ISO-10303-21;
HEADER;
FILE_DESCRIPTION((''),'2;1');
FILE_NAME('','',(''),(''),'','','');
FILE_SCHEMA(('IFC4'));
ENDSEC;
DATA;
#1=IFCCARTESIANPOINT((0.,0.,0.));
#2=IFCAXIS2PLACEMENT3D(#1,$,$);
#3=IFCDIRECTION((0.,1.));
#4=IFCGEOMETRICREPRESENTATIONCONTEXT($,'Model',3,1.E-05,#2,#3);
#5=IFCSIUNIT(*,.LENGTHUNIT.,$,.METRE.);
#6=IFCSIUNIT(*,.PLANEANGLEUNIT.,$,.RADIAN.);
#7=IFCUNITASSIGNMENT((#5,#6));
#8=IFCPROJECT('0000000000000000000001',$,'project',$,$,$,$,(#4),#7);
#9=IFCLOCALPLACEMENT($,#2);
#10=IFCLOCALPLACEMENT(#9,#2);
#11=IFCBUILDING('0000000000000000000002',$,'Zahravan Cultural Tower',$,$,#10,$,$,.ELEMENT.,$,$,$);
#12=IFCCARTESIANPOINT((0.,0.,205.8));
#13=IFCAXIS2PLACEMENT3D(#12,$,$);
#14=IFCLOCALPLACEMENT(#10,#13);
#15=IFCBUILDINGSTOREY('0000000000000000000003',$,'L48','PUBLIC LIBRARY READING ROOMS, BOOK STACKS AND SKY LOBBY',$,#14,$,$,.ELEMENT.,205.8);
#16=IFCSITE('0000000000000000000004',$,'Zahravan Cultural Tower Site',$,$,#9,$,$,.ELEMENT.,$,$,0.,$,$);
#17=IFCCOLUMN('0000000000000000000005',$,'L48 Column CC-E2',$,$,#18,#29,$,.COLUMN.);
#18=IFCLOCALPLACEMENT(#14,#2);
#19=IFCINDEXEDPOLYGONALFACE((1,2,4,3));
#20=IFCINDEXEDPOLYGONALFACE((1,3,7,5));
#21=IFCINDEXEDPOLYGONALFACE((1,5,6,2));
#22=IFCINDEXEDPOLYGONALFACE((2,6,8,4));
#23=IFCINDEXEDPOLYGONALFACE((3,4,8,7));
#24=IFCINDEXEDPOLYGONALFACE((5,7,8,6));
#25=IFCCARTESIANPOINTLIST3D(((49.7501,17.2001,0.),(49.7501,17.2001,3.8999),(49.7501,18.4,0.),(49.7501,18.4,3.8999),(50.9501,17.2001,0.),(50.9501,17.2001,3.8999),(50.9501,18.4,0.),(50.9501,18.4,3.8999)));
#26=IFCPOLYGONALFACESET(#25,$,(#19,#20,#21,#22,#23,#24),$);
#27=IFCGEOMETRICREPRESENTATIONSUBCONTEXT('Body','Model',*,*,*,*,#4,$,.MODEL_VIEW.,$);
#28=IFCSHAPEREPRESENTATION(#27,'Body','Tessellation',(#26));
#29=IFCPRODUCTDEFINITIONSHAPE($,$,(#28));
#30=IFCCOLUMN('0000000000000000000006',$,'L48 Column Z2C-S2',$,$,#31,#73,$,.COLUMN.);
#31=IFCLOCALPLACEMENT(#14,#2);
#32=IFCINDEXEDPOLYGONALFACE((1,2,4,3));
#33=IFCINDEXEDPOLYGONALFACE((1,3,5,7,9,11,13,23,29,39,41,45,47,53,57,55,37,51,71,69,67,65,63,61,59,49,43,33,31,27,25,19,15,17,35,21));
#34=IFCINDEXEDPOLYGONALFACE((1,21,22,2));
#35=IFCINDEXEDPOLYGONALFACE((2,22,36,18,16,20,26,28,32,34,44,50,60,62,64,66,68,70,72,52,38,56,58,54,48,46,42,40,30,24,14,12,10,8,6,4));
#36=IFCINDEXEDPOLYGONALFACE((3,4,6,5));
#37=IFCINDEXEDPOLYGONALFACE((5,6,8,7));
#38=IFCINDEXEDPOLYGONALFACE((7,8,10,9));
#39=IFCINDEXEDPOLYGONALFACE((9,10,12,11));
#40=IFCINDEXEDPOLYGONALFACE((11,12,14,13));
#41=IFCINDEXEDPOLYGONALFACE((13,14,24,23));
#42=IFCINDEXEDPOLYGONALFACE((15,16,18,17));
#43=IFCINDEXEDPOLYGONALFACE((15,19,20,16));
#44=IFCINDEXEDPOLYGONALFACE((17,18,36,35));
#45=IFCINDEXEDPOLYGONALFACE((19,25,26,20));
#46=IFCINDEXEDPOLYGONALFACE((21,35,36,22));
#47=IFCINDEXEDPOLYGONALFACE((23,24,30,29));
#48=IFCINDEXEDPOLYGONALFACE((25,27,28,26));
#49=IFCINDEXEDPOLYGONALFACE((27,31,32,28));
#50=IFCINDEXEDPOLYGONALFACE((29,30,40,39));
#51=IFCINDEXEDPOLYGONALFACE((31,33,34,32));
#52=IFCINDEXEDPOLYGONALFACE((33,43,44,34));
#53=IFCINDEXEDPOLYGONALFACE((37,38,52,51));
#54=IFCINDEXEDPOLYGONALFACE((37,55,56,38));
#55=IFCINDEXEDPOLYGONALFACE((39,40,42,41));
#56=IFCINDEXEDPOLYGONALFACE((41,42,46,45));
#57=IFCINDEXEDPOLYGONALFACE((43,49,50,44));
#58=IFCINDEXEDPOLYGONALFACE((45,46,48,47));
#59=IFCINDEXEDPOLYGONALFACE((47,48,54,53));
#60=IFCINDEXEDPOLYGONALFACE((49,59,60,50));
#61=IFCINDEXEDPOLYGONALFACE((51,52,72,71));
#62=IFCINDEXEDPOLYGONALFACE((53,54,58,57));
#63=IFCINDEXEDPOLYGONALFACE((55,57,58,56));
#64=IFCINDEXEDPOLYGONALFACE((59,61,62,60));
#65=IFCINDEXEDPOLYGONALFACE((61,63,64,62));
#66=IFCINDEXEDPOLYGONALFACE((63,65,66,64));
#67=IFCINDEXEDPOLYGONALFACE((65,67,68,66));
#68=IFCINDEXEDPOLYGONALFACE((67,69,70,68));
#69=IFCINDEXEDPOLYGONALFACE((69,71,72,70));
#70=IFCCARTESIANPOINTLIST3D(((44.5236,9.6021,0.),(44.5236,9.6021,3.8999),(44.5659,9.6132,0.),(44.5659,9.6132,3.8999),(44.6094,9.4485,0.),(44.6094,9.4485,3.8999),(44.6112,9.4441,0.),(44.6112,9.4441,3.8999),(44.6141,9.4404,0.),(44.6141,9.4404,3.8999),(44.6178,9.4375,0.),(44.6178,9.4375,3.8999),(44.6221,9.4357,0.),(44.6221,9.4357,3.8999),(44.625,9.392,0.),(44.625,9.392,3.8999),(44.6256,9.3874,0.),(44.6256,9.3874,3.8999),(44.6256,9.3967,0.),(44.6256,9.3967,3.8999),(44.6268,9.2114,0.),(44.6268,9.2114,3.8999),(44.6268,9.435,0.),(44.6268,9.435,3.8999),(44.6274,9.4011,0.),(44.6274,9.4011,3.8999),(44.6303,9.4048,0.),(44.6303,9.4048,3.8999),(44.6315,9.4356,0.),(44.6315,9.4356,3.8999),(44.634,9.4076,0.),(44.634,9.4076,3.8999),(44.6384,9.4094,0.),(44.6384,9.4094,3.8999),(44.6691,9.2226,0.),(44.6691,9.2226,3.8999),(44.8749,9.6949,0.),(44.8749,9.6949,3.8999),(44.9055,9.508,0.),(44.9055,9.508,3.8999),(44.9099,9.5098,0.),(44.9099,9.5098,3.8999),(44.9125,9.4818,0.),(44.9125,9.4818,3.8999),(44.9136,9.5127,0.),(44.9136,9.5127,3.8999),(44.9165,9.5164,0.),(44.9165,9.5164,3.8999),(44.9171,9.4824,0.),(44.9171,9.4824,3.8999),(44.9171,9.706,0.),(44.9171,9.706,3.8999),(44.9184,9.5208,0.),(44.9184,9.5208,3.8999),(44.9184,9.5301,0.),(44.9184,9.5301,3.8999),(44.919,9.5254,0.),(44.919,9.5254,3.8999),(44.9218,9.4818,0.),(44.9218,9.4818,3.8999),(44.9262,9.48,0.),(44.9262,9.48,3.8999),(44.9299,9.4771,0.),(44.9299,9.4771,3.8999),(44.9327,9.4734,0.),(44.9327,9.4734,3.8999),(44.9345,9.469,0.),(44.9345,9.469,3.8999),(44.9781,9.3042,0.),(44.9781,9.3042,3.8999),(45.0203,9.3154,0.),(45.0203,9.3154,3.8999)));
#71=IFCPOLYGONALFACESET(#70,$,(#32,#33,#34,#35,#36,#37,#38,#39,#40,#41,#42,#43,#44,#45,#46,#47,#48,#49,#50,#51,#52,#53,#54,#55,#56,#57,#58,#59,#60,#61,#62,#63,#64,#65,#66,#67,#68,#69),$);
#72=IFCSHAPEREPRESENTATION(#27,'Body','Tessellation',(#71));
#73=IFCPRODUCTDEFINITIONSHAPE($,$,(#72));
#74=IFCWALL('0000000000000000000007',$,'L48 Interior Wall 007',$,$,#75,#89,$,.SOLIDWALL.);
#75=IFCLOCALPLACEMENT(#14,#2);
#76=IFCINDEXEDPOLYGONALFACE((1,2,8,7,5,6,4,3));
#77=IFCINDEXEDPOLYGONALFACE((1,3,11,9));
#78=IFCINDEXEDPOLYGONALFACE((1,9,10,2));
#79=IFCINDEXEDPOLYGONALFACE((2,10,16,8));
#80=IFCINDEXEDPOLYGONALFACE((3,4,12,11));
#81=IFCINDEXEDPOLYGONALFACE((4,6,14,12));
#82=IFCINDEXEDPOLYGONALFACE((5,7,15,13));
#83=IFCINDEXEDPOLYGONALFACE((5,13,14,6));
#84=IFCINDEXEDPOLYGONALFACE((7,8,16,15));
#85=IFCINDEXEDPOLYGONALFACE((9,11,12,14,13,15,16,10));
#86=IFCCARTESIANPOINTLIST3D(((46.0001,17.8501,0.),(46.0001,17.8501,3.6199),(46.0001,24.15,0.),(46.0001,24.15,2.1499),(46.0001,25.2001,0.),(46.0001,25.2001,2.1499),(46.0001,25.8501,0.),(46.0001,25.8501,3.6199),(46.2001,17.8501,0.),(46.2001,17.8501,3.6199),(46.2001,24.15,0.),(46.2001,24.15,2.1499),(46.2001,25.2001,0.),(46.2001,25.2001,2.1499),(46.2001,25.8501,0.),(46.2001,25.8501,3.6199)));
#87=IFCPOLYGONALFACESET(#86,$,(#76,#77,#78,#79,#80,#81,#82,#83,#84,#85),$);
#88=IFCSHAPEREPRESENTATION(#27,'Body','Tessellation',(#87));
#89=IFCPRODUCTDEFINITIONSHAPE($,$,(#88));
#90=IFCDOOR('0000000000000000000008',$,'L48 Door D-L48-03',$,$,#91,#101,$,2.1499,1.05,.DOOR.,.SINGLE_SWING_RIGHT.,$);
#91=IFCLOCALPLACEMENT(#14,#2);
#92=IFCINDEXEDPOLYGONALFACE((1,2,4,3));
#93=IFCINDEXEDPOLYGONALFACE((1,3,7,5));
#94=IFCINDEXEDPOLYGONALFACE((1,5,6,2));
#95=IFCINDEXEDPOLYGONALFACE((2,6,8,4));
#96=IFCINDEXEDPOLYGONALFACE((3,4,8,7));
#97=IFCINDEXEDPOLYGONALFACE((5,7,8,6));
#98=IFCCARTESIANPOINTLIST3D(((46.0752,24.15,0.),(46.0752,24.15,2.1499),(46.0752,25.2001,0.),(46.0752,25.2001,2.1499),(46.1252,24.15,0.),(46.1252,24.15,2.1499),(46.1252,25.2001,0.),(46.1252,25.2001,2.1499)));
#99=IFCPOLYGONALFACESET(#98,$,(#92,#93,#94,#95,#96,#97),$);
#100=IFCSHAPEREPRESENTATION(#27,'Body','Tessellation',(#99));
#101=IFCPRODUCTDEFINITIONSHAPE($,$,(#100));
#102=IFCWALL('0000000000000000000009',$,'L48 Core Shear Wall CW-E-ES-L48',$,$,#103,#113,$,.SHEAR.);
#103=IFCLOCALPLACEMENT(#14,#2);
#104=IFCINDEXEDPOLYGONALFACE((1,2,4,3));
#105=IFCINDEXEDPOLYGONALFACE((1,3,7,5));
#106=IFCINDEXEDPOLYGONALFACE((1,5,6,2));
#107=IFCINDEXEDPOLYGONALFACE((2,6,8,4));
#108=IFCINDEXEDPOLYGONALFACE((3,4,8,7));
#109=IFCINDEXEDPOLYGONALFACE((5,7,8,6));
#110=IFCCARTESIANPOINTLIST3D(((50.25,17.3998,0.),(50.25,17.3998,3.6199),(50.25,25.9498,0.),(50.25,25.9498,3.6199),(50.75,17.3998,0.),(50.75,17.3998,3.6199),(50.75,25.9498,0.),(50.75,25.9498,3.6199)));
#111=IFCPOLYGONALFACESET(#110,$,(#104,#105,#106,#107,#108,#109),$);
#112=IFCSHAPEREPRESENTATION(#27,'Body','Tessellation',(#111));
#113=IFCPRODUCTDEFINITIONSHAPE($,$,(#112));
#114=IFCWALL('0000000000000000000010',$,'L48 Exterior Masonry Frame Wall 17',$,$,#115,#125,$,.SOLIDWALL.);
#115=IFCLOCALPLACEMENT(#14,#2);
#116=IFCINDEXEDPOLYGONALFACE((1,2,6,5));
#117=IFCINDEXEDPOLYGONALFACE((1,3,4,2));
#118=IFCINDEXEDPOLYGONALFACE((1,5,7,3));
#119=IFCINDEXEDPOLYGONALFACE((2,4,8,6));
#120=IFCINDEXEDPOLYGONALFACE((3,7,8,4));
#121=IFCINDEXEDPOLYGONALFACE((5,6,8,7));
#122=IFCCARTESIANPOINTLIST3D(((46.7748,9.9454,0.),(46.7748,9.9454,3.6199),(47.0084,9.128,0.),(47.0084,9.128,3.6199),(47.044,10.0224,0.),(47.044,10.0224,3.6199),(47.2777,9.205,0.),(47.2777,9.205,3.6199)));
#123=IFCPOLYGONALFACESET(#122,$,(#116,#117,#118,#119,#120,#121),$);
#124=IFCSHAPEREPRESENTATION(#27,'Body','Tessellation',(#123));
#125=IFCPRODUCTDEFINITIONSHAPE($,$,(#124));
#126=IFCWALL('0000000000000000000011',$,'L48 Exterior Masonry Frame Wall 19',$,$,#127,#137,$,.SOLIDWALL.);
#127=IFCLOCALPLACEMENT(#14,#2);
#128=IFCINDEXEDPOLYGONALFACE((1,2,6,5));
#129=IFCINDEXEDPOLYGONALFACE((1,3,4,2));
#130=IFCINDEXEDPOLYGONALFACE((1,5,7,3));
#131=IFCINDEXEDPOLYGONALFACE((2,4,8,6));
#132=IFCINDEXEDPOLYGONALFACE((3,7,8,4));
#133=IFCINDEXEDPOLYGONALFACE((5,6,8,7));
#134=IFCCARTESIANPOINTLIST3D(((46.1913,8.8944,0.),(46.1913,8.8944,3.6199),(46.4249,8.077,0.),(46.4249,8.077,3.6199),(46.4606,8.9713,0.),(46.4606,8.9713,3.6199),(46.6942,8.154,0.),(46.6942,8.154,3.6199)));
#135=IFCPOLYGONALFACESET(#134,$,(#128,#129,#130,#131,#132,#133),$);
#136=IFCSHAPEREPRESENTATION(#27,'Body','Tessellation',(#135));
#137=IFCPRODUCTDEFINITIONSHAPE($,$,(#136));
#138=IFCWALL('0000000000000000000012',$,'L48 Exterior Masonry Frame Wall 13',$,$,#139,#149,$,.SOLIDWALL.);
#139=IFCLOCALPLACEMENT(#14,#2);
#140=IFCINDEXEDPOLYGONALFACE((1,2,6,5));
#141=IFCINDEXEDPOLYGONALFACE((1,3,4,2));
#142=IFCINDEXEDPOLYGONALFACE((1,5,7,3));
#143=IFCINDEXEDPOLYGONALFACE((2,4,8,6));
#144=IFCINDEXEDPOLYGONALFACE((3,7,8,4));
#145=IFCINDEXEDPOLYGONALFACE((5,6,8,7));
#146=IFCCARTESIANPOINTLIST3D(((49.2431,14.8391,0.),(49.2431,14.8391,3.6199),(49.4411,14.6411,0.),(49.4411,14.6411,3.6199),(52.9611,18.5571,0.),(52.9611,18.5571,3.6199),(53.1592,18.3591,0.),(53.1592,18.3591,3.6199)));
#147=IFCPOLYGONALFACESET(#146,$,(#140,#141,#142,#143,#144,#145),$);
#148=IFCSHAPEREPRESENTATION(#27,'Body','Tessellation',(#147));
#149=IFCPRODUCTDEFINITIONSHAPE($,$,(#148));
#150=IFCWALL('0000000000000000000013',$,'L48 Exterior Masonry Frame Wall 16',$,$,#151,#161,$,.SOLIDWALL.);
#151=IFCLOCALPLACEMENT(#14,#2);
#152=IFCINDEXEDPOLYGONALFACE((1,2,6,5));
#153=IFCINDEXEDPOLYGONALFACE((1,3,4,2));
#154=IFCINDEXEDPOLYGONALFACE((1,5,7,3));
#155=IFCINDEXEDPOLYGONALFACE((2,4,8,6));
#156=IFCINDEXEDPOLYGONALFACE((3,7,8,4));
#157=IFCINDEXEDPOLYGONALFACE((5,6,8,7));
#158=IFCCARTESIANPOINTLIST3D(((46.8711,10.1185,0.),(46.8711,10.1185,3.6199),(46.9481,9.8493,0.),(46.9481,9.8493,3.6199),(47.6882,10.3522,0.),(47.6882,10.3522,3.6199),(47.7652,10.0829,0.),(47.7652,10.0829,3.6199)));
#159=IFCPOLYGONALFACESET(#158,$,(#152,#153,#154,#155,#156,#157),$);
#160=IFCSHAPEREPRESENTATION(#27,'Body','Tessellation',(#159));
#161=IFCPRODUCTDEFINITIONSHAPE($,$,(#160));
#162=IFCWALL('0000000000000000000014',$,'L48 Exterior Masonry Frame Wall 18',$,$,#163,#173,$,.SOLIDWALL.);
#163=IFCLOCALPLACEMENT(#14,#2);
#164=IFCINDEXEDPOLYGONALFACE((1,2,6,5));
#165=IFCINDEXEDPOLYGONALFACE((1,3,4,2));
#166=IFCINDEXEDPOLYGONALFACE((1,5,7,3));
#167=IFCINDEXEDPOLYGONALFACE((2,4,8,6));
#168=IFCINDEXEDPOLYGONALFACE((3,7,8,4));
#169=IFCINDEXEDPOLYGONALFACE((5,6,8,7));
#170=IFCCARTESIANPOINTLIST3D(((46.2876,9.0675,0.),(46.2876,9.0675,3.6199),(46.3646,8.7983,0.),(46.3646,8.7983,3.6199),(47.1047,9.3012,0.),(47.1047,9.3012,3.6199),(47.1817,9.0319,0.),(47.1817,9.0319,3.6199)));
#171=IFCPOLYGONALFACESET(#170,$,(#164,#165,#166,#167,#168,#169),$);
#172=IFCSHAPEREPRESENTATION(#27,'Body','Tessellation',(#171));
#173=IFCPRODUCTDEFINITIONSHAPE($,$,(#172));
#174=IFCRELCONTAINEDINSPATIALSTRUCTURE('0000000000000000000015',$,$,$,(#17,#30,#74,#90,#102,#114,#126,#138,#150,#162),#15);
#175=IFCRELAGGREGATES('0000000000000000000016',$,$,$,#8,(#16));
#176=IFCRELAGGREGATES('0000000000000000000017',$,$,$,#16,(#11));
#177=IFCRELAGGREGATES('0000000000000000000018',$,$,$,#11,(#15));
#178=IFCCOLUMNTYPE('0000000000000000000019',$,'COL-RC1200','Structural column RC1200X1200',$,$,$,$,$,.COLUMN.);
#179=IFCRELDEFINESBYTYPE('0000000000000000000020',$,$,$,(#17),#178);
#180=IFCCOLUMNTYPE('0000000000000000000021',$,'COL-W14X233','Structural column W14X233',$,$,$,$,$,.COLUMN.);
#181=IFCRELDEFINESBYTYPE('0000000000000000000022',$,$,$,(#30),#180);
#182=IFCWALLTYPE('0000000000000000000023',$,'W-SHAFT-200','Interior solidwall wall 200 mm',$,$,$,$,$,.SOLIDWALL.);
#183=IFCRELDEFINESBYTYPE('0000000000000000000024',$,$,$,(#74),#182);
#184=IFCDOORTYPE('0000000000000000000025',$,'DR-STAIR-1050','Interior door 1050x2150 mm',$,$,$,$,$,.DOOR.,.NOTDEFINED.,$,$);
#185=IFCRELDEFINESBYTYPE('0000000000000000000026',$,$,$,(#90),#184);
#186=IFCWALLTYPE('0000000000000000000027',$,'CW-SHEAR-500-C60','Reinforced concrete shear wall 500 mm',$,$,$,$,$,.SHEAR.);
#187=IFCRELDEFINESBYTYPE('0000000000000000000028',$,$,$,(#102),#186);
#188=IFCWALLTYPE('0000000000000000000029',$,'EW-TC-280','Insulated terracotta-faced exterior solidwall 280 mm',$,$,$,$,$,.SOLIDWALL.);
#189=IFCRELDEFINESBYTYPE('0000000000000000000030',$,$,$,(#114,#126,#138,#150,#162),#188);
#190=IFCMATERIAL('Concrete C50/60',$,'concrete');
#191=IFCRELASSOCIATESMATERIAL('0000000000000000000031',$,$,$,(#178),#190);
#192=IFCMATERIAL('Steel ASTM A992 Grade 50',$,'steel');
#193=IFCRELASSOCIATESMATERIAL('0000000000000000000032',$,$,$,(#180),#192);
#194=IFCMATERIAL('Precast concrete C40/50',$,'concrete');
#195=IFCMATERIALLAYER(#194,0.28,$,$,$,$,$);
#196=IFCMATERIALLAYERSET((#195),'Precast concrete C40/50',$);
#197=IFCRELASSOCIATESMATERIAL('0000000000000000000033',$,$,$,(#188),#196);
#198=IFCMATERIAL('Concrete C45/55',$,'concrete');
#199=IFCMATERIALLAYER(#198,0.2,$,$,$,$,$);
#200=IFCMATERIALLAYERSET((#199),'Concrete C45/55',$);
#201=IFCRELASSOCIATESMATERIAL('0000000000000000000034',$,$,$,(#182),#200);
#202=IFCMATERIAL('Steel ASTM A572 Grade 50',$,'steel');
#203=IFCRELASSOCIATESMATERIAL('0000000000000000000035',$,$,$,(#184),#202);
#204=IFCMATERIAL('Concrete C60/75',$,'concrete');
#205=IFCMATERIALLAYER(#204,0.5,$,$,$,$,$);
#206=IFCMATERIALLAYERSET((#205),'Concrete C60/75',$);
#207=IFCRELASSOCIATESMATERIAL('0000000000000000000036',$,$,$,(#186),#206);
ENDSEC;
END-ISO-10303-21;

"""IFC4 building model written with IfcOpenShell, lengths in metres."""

from ifc_helpers import new_model, si_unit, direction, frame, frame_2d, origin, origin_2d, place, context, subcontext, project, spatial, rectangle, i_section, extrude, source, transform, mapped, material, layer, layer_set, material_profile, profile_set, type_object, element, fill, save


model = new_model("IFC4")

# Units and contexts
model_context = context("Model", 3, precision=1e-05, world=origin(), true_north=direction((0.0, 1.0)))
body_context = subcontext(model_context, "Body", "Model", "MODEL_VIEW")
ifc_project = project(units=[si_unit("LENGTHUNIT", "METRE"), si_unit("PLANEANGLEUNIT", "RADIAN")], contexts=[model_context])

# Site, building, storey
site_placement = place(None, origin())
site = spatial("IfcSite", under=ifc_project, at=site_placement, Name="Zahravan Cultural Tower Site", CompositionType="ELEMENT", RefElevation=0.0)
building_placement = place(site_placement, origin())
building = spatial("IfcBuilding", under=site, at=building_placement, Name="Zahravan Cultural Tower", CompositionType="ELEMENT")
storey_placement = place(building_placement, frame((0.0, 0.0, 205.8)))
storey = spatial("IfcBuildingStorey", under=building, at=storey_placement, Name="L48", Description="PUBLIC LIBRARY READING ROOMS, BOOK STACKS AND SKY LOBBY", CompositionType="ELEMENT", Elevation=205.8)

# Columns
ifc_material_1 = material(Name="Concrete C50/60", Category="concrete")
ifc_material_profile_1 = material_profile(ifc_material_1, rectangle(XDim=1.2, YDim=1.2, at=origin_2d()), Name="RC1200X1200")
ifc_profile_set_1 = profile_set([ifc_material_profile_1], Name="Concrete C50/60")
column_type_1 = type_object("IfcColumnType", Name="COL-RC1200", Description="Structural column RC1200X1200", PredefinedType="COLUMN", material=ifc_profile_set_1)
shared_shape_1 = source(origin(), body_context, "Body", "SweptSolid", [
    extrude(rectangle(XDim=1.2, YDim=1.2, at=origin_2d()), origin(), (0.0, 0.0, 1.0), 3.8999),
])
column_1_placement = place(storey_placement, frame((50.3501, 17.8, 0.0), z_axis=(0.0, 0.0, 1.0), x_axis=(1.0, 0.0, 0.0)))
element("IfcColumn", 1, at=column_1_placement, inside=storey, type_object=column_type_1, Name="L48 Column CC-E2", PredefinedType="COLUMN", context=body_context, shape_type="MappedRepresentation", body=[
    mapped(shared_shape_1, transform((0.0, 0.0, 0.0), x_axis=(1.0, 0.0, 0.0), y_axis=(0.0, 1.0, 0.0), z_axis=(0.0, 0.0, 1.0), scale=1.0)),
])
ifc_material_2 = material(Name="Steel ASTM A992 Grade 50", Category="steel")
ifc_material_profile_2 = material_profile(ifc_material_2, i_section(OverallWidth=0.4041, OverallDepth=0.407, WebThickness=0.0271, FlangeThickness=0.0437, FilletRadius=0.0181, at=origin_2d()), Name="W14X233")
ifc_profile_set_2 = profile_set([ifc_material_profile_2], Name="Steel ASTM A992 Grade 50")
column_type_2 = type_object("IfcColumnType", Name="COL-W14X233", Description="Structural column W14X233", PredefinedType="COLUMN", material=ifc_profile_set_2)
shared_shape_2 = source(origin(), body_context, "Body", "SweptSolid", [
    extrude(i_section(OverallWidth=0.4041, OverallDepth=0.407, WebThickness=0.0271, FlangeThickness=0.0437, FilletRadius=0.0181, at=origin_2d()), origin(), (0.0, 0.0, 1.0), 3.8999),
])
column_2_placement = place(storey_placement, frame((44.772, 9.4587, 0.0), z_axis=(0.0, 0.0, 1.0), x_axis=(-0.255446, 0.966823, 0.0)))
element("IfcColumn", 2, at=column_2_placement, inside=storey, type_object=column_type_2, Name="L48 Column Z2C-S2", PredefinedType="COLUMN", context=body_context, shape_type="MappedRepresentation", body=[
    mapped(shared_shape_2, transform((0.0, 0.0, 0.0), x_axis=(1.0, 0.0, 0.0), y_axis=(0.0, 1.0, 0.0), z_axis=(0.0, 0.0, 1.0), scale=1.0)),
])

# Wall, opening, door
ifc_material_3 = material(Name="Precast concrete C40/50", Category="concrete")
ifc_layer_1 = layer(ifc_material_3, 0.28)
ifc_layer_set_1 = layer_set([ifc_layer_1], Name="Precast concrete C40/50")
wall_type_1 = type_object("IfcWallType", Name="EW-TC-280", Description="Insulated terracotta-faced exterior solidwall 280 mm", PredefinedType="SOLIDWALL", material=ifc_layer_set_1)
shared_shape_3 = source(origin(), body_context, "Body", "SweptSolid", [
    extrude(rectangle(XDim=1.05, YDim=2.1499, at=frame_2d((0.5249, 1.075))), frame((0.0, 0.0249, 0.0), z_axis=(0.0, -1.0, 0.0), x_axis=(1.0, 0.0, 0.0)), (0.0, 0.0, 1.0), 0.05),
])
ifc_material_4 = material(Name="Concrete C45/55", Category="concrete")
ifc_layer_2 = layer(ifc_material_4, 0.2)
ifc_layer_set_2 = layer_set([ifc_layer_2], Name="Concrete C45/55")
wall_type_2 = type_object("IfcWallType", Name="W-SHAFT-200", Description="Interior solidwall wall 200 mm", PredefinedType="SOLIDWALL", material=ifc_layer_set_2)
wall_1_placement = place(storey_placement, frame((46.1001, 17.8501, 0.0), z_axis=(0.0, 0.0, 1.0), x_axis=(0.0, 1.0, 0.0)))
wall_1 = element("IfcWall", 3, at=wall_1_placement, inside=storey, type_object=wall_type_2, Name="L48 Interior Wall 007", PredefinedType="SOLIDWALL", context=body_context, shape_type="SweptSolid", body=[
    extrude(rectangle(XDim=8.0, YDim=0.2, at=frame_2d((4.0, 0.0))), origin(), (0.0, 0.0, 1.0), 3.6199),
])
opening_1_placement = place(wall_1_placement, frame((6.3, 0.0, 0.0)))
opening_1 = element("IfcOpeningElement", 4, at=opening_1_placement, cuts=wall_1, PredefinedType="OPENING", context=body_context, shape_type="SweptSolid", body=[
    extrude(rectangle(XDim=1.05, YDim=2.1499, at=frame_2d((0.5249, 1.075))), frame((0.0, 0.1099, 0.0), z_axis=(0.0, -1.0, 0.0), x_axis=(1.0, 0.0, 0.0)), (0.0, 0.0, 1.0), 0.22),
])
ifc_material_5 = material(Name="Steel ASTM A572 Grade 50", Category="steel")
door_type_1 = type_object("IfcDoorType", Name="DR-STAIR-1050", Description="Interior door 1050x2150 mm", OperationType="NOTDEFINED", PredefinedType="DOOR", material=ifc_material_5)
door_1_placement = place(opening_1_placement, origin())
door_1 = element("IfcDoor", 5, at=door_1_placement, inside=storey, type_object=door_type_1, Name="L48 Door D-L48-03", OperationType="SINGLE_SWING_RIGHT", OverallHeight=2.1499, OverallWidth=1.05, PredefinedType="DOOR", context=body_context, shape_type="MappedRepresentation", body=[
    mapped(shared_shape_3, transform((0.0, 0.0, 0.0), x_axis=(1.0, 0.0, 0.0), y_axis=(0.0, 1.0, 0.0), z_axis=(0.0, 0.0, 1.0), scale=1.0)),
])
fill(opening_1, door_1)

# Walls
ifc_material_6 = material(Name="Concrete C60/75", Category="concrete")
ifc_layer_3 = layer(ifc_material_6, 0.5)
ifc_layer_set_3 = layer_set([ifc_layer_3], Name="Concrete C60/75")
wall_type_3 = type_object("IfcWallType", Name="CW-SHEAR-500-C60", Description="Reinforced concrete shear wall 500 mm", PredefinedType="SHEAR", material=ifc_layer_set_3)
shared_shape_4 = source(origin(), body_context, "Body", "SweptSolid", [
    extrude(rectangle(XDim=8.55, YDim=0.5, at=frame_2d((4.2749, 0.0))), origin(), (0.0, 0.0, 1.0), 3.6199),
])
wall_2_placement = place(storey_placement, frame((50.5, 17.3999, 0.0), z_axis=(0.0, 0.0, 1.0), x_axis=(0.0, 1.0, 0.0)))
element("IfcWall", 6, at=wall_2_placement, inside=storey, type_object=wall_type_3, Name="L48 Core Shear Wall CW-E-ES-L48", PredefinedType="SHEAR", context=body_context, shape_type="MappedRepresentation", body=[
    mapped(shared_shape_4, transform((0.0, 0.0, 0.0), x_axis=(1.0, 0.0, 0.0), y_axis=(0.0, 1.0, 0.0), z_axis=(0.0, 0.0, 1.0), scale=1.0)),
])
shared_shape_5 = source(origin(), body_context, "Body", "SweptSolid", [
    extrude(rectangle(XDim=0.8501, YDim=0.28, at=frame_2d((0.425, 0.0))), origin(), (0.0, 0.0, 1.0), 3.6199),
])
for number, where, z_axis, x_axis, name in (
    (7, (46.9094, 9.9839, 0.0), (0.0, 0.0, 1.0), (0.274835, -0.961491, 0.0), "L48 Exterior Masonry Frame Wall 17"),
    (8, (46.3259, 8.9329, 0.0), (0.0, 0.0, 1.0), (0.274835, -0.961491, 0.0), "L48 Exterior Masonry Frame Wall 19"),
):
    element("IfcWall", number, at=place(storey_placement, frame(where, z_axis=z_axis, x_axis=x_axis)), inside=storey, type_object=wall_type_1, Name=name, PredefinedType="SOLIDWALL", context=body_context, shape_type="MappedRepresentation", body=[
        mapped(shared_shape_5, transform((0.0, 0.0, 0.0), x_axis=(1.0, 0.0, 0.0), y_axis=(0.0, 1.0, 0.0), z_axis=(0.0, 0.0, 1.0), scale=1.0)),
    ])
shared_shape_6 = source(origin(), body_context, "Body", "SweptSolid", [
    extrude(rectangle(XDim=5.2581, YDim=0.28, at=frame_2d((2.6289, 0.0))), origin(), (0.0, 0.0, 1.0), 3.6199),
])
wall_3_placement = place(storey_placement, frame((53.0601, 18.458, 0.0), z_axis=(0.0, 0.0, 1.0), x_axis=(-0.707107, -0.707107, 0.0)))
element("IfcWall", 9, at=wall_3_placement, inside=storey, type_object=wall_type_1, Name="L48 Exterior Masonry Frame Wall 13", PredefinedType="SOLIDWALL", context=body_context, shape_type="MappedRepresentation", body=[
    mapped(shared_shape_6, transform((0.0, 0.0, 0.0), x_axis=(1.0, 0.0, 0.0), y_axis=(0.0, 1.0, 0.0), z_axis=(0.0, 0.0, 1.0), scale=1.0)),
])
shared_shape_7 = source(origin(), body_context, "Body", "SweptSolid", [
    extrude(rectangle(XDim=0.8499, YDim=0.28, at=frame_2d((0.4248, 0.0))), origin(), (0.0, 0.0, 1.0), 3.6199),
])
for number, where, z_axis, x_axis, name in (
    (10, (47.7266, 10.2175, 0.0), (0.0, 0.0, 1.0), (-0.96147, -0.274911, 0.0), "L48 Exterior Masonry Frame Wall 16"),
    (11, (47.1431, 9.1665, 0.0), (0.0, 0.0, 1.0), (-0.96147, -0.274911, 0.0), "L48 Exterior Masonry Frame Wall 18"),
):
    element("IfcWall", number, at=place(storey_placement, frame(where, z_axis=z_axis, x_axis=x_axis)), inside=storey, type_object=wall_type_1, Name=name, PredefinedType="SOLIDWALL", context=body_context, shape_type="MappedRepresentation", body=[
        mapped(shared_shape_7, transform((0.0, 0.0, 0.0), x_axis=(1.0, 0.0, 0.0), y_axis=(0.0, 1.0, 0.0), z_axis=(0.0, 0.0, 1.0), scale=1.0)),
    ])

save(model, "model.ifc")
